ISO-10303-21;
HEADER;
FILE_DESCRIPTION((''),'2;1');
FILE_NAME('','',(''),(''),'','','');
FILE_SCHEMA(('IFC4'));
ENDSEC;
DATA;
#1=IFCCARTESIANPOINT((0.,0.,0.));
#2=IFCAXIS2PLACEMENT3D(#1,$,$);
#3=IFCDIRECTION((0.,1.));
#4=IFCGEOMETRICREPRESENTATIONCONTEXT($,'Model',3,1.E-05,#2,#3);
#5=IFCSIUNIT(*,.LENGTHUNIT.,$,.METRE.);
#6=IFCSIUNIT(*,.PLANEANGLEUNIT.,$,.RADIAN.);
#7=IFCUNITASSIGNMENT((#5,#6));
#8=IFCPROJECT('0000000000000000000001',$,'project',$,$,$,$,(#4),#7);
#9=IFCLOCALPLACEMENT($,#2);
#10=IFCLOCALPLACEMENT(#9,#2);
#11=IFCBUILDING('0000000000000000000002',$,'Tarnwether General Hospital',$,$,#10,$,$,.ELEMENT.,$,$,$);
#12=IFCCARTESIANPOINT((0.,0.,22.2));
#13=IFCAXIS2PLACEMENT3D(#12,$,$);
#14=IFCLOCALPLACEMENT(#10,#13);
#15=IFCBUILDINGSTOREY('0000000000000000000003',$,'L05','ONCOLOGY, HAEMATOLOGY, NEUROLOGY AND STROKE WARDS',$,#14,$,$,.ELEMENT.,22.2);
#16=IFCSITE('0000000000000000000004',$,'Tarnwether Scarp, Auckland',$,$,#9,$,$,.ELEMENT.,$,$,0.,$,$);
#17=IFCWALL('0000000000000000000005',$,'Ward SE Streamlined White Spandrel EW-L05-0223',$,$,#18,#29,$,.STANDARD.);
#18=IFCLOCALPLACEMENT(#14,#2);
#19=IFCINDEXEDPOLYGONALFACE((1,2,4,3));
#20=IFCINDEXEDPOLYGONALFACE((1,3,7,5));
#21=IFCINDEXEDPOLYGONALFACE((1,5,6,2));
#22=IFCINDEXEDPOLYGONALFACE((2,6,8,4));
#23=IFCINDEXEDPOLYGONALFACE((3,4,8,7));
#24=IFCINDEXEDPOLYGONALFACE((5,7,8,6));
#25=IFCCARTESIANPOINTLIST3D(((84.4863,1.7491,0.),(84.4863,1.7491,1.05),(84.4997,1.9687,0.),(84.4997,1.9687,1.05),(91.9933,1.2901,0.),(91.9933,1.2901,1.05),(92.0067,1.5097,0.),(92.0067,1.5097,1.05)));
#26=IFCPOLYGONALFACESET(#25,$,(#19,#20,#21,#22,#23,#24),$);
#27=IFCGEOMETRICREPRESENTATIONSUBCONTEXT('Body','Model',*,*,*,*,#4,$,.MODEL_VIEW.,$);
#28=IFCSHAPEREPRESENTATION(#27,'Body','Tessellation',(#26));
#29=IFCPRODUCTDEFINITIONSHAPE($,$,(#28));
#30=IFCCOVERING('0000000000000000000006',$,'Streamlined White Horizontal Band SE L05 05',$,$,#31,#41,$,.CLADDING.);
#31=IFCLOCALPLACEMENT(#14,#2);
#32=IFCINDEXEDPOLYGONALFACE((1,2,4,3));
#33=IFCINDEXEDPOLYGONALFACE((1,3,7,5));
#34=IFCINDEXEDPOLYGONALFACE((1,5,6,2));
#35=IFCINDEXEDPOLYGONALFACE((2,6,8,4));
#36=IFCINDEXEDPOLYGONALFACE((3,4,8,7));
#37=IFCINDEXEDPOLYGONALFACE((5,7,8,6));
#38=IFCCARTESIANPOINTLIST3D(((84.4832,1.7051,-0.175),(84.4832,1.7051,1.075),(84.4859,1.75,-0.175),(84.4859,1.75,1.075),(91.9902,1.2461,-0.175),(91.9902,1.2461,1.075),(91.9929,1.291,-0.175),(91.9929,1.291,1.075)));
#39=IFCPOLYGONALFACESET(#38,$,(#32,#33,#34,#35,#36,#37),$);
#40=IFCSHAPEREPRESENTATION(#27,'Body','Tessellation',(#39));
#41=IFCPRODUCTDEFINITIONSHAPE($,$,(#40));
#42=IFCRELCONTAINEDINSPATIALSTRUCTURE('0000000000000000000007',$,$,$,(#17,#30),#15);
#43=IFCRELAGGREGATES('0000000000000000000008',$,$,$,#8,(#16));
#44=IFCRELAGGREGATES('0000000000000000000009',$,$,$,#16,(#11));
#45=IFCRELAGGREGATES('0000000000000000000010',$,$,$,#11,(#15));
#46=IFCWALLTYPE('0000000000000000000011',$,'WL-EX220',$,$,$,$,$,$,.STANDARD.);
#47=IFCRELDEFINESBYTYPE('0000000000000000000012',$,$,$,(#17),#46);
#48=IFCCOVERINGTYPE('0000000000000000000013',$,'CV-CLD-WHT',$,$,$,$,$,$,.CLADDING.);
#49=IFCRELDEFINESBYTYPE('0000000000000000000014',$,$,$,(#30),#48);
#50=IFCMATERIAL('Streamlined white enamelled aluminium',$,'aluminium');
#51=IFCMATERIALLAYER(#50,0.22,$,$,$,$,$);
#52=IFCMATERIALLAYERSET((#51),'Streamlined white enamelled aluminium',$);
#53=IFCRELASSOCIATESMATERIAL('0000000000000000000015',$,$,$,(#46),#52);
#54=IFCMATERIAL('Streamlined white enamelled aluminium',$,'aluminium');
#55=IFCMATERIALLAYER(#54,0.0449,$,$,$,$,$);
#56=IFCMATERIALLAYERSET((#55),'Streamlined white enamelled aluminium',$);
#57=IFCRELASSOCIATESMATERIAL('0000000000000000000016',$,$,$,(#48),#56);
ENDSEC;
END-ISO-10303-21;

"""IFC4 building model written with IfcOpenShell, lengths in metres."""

from ifc_helpers import new_model, si_unit, direction, frame, frame_2d, origin, origin_2d, place, context, subcontext, project, spatial, rectangle, extrude, material, layer, layer_set, type_object, element, save


model = new_model("IFC4")

# Units and contexts
model_context = context("Model", 3, precision=1e-05, world=origin(), true_north=direction((0.0, 1.0)))
body_context = subcontext(model_context, "Body", "Model", "MODEL_VIEW")
ifc_project = project(units=[si_unit("LENGTHUNIT", "METRE"), si_unit("PLANEANGLEUNIT", "RADIAN")], contexts=[model_context])

# Site, building, storey
site_placement = place(None, origin())
site = spatial("IfcSite", under=ifc_project, at=site_placement, Name="Tarnwether Scarp, Auckland", CompositionType="ELEMENT", RefElevation=0.0)
building_placement = place(site_placement, origin())
building = spatial("IfcBuilding", under=site, at=building_placement, Name="Tarnwether General Hospital", CompositionType="ELEMENT")
storey_placement = place(building_placement, frame((0.0, 0.0, 22.2)))
storey = spatial("IfcBuildingStorey", under=building, at=storey_placement, Name="L05", Description="ONCOLOGY, HAEMATOLOGY, NEUROLOGY AND STROKE WARDS", CompositionType="ELEMENT", Elevation=22.2)

# Wall
ifc_material_1 = material(Name="Streamlined white enamelled aluminium", Category="aluminium")
ifc_layer_1 = layer(ifc_material_1, 0.22)
ifc_layer_set_1 = layer_set([ifc_layer_1], Name="Streamlined white enamelled aluminium")
wall_type = type_object("IfcWallType", Name="WL-EX220", PredefinedType="STANDARD", material=ifc_layer_set_1)
wall_placement = place(storey_placement, frame((92.0, 1.3999, 0.0), z_axis=(0.0, 0.0, 1.0), x_axis=(-0.998136, 0.061026, 0.0)))
element("IfcWall", 1, at=wall_placement, inside=storey, type_object=wall_type, Name="Ward SE Streamlined White Spandrel EW-L05-0223", PredefinedType="STANDARD", context=body_context, shape_type="SweptSolid", body=[
    extrude(rectangle(XDim=7.521, YDim=0.22, at=frame_2d((3.7605, 0.0))), origin(), (0.0, 0.0, 1.0), 1.05),
])

# Covering
ifc_material_2 = material(Name="Streamlined white enamelled aluminium", Category="aluminium")
ifc_layer_2 = layer(ifc_material_2, 0.0449)
ifc_layer_set_2 = layer_set([ifc_layer_2], Name="Streamlined white enamelled aluminium")
covering_type = type_object("IfcCoveringType", Name="CV-CLD-WHT", PredefinedType="CLADDING", material=ifc_layer_set_2)
covering_placement = place(storey_placement, frame((88.238, 1.498, -0.175), z_axis=(0.0, 0.0, 1.0), x_axis=(-0.998136, 0.061031, 0.0)))
element("IfcCovering", 2, at=covering_placement, inside=storey, type_object=covering_type, Name="Streamlined White Horizontal Band SE L05 05", PredefinedType="CLADDING", context=body_context, shape_type="SweptSolid", body=[
    extrude(rectangle(XDim=7.521, YDim=0.0449, at=origin_2d()), origin(), (0.0, 0.0, 1.0), 1.25),
])

save(model, "model.ifc")
